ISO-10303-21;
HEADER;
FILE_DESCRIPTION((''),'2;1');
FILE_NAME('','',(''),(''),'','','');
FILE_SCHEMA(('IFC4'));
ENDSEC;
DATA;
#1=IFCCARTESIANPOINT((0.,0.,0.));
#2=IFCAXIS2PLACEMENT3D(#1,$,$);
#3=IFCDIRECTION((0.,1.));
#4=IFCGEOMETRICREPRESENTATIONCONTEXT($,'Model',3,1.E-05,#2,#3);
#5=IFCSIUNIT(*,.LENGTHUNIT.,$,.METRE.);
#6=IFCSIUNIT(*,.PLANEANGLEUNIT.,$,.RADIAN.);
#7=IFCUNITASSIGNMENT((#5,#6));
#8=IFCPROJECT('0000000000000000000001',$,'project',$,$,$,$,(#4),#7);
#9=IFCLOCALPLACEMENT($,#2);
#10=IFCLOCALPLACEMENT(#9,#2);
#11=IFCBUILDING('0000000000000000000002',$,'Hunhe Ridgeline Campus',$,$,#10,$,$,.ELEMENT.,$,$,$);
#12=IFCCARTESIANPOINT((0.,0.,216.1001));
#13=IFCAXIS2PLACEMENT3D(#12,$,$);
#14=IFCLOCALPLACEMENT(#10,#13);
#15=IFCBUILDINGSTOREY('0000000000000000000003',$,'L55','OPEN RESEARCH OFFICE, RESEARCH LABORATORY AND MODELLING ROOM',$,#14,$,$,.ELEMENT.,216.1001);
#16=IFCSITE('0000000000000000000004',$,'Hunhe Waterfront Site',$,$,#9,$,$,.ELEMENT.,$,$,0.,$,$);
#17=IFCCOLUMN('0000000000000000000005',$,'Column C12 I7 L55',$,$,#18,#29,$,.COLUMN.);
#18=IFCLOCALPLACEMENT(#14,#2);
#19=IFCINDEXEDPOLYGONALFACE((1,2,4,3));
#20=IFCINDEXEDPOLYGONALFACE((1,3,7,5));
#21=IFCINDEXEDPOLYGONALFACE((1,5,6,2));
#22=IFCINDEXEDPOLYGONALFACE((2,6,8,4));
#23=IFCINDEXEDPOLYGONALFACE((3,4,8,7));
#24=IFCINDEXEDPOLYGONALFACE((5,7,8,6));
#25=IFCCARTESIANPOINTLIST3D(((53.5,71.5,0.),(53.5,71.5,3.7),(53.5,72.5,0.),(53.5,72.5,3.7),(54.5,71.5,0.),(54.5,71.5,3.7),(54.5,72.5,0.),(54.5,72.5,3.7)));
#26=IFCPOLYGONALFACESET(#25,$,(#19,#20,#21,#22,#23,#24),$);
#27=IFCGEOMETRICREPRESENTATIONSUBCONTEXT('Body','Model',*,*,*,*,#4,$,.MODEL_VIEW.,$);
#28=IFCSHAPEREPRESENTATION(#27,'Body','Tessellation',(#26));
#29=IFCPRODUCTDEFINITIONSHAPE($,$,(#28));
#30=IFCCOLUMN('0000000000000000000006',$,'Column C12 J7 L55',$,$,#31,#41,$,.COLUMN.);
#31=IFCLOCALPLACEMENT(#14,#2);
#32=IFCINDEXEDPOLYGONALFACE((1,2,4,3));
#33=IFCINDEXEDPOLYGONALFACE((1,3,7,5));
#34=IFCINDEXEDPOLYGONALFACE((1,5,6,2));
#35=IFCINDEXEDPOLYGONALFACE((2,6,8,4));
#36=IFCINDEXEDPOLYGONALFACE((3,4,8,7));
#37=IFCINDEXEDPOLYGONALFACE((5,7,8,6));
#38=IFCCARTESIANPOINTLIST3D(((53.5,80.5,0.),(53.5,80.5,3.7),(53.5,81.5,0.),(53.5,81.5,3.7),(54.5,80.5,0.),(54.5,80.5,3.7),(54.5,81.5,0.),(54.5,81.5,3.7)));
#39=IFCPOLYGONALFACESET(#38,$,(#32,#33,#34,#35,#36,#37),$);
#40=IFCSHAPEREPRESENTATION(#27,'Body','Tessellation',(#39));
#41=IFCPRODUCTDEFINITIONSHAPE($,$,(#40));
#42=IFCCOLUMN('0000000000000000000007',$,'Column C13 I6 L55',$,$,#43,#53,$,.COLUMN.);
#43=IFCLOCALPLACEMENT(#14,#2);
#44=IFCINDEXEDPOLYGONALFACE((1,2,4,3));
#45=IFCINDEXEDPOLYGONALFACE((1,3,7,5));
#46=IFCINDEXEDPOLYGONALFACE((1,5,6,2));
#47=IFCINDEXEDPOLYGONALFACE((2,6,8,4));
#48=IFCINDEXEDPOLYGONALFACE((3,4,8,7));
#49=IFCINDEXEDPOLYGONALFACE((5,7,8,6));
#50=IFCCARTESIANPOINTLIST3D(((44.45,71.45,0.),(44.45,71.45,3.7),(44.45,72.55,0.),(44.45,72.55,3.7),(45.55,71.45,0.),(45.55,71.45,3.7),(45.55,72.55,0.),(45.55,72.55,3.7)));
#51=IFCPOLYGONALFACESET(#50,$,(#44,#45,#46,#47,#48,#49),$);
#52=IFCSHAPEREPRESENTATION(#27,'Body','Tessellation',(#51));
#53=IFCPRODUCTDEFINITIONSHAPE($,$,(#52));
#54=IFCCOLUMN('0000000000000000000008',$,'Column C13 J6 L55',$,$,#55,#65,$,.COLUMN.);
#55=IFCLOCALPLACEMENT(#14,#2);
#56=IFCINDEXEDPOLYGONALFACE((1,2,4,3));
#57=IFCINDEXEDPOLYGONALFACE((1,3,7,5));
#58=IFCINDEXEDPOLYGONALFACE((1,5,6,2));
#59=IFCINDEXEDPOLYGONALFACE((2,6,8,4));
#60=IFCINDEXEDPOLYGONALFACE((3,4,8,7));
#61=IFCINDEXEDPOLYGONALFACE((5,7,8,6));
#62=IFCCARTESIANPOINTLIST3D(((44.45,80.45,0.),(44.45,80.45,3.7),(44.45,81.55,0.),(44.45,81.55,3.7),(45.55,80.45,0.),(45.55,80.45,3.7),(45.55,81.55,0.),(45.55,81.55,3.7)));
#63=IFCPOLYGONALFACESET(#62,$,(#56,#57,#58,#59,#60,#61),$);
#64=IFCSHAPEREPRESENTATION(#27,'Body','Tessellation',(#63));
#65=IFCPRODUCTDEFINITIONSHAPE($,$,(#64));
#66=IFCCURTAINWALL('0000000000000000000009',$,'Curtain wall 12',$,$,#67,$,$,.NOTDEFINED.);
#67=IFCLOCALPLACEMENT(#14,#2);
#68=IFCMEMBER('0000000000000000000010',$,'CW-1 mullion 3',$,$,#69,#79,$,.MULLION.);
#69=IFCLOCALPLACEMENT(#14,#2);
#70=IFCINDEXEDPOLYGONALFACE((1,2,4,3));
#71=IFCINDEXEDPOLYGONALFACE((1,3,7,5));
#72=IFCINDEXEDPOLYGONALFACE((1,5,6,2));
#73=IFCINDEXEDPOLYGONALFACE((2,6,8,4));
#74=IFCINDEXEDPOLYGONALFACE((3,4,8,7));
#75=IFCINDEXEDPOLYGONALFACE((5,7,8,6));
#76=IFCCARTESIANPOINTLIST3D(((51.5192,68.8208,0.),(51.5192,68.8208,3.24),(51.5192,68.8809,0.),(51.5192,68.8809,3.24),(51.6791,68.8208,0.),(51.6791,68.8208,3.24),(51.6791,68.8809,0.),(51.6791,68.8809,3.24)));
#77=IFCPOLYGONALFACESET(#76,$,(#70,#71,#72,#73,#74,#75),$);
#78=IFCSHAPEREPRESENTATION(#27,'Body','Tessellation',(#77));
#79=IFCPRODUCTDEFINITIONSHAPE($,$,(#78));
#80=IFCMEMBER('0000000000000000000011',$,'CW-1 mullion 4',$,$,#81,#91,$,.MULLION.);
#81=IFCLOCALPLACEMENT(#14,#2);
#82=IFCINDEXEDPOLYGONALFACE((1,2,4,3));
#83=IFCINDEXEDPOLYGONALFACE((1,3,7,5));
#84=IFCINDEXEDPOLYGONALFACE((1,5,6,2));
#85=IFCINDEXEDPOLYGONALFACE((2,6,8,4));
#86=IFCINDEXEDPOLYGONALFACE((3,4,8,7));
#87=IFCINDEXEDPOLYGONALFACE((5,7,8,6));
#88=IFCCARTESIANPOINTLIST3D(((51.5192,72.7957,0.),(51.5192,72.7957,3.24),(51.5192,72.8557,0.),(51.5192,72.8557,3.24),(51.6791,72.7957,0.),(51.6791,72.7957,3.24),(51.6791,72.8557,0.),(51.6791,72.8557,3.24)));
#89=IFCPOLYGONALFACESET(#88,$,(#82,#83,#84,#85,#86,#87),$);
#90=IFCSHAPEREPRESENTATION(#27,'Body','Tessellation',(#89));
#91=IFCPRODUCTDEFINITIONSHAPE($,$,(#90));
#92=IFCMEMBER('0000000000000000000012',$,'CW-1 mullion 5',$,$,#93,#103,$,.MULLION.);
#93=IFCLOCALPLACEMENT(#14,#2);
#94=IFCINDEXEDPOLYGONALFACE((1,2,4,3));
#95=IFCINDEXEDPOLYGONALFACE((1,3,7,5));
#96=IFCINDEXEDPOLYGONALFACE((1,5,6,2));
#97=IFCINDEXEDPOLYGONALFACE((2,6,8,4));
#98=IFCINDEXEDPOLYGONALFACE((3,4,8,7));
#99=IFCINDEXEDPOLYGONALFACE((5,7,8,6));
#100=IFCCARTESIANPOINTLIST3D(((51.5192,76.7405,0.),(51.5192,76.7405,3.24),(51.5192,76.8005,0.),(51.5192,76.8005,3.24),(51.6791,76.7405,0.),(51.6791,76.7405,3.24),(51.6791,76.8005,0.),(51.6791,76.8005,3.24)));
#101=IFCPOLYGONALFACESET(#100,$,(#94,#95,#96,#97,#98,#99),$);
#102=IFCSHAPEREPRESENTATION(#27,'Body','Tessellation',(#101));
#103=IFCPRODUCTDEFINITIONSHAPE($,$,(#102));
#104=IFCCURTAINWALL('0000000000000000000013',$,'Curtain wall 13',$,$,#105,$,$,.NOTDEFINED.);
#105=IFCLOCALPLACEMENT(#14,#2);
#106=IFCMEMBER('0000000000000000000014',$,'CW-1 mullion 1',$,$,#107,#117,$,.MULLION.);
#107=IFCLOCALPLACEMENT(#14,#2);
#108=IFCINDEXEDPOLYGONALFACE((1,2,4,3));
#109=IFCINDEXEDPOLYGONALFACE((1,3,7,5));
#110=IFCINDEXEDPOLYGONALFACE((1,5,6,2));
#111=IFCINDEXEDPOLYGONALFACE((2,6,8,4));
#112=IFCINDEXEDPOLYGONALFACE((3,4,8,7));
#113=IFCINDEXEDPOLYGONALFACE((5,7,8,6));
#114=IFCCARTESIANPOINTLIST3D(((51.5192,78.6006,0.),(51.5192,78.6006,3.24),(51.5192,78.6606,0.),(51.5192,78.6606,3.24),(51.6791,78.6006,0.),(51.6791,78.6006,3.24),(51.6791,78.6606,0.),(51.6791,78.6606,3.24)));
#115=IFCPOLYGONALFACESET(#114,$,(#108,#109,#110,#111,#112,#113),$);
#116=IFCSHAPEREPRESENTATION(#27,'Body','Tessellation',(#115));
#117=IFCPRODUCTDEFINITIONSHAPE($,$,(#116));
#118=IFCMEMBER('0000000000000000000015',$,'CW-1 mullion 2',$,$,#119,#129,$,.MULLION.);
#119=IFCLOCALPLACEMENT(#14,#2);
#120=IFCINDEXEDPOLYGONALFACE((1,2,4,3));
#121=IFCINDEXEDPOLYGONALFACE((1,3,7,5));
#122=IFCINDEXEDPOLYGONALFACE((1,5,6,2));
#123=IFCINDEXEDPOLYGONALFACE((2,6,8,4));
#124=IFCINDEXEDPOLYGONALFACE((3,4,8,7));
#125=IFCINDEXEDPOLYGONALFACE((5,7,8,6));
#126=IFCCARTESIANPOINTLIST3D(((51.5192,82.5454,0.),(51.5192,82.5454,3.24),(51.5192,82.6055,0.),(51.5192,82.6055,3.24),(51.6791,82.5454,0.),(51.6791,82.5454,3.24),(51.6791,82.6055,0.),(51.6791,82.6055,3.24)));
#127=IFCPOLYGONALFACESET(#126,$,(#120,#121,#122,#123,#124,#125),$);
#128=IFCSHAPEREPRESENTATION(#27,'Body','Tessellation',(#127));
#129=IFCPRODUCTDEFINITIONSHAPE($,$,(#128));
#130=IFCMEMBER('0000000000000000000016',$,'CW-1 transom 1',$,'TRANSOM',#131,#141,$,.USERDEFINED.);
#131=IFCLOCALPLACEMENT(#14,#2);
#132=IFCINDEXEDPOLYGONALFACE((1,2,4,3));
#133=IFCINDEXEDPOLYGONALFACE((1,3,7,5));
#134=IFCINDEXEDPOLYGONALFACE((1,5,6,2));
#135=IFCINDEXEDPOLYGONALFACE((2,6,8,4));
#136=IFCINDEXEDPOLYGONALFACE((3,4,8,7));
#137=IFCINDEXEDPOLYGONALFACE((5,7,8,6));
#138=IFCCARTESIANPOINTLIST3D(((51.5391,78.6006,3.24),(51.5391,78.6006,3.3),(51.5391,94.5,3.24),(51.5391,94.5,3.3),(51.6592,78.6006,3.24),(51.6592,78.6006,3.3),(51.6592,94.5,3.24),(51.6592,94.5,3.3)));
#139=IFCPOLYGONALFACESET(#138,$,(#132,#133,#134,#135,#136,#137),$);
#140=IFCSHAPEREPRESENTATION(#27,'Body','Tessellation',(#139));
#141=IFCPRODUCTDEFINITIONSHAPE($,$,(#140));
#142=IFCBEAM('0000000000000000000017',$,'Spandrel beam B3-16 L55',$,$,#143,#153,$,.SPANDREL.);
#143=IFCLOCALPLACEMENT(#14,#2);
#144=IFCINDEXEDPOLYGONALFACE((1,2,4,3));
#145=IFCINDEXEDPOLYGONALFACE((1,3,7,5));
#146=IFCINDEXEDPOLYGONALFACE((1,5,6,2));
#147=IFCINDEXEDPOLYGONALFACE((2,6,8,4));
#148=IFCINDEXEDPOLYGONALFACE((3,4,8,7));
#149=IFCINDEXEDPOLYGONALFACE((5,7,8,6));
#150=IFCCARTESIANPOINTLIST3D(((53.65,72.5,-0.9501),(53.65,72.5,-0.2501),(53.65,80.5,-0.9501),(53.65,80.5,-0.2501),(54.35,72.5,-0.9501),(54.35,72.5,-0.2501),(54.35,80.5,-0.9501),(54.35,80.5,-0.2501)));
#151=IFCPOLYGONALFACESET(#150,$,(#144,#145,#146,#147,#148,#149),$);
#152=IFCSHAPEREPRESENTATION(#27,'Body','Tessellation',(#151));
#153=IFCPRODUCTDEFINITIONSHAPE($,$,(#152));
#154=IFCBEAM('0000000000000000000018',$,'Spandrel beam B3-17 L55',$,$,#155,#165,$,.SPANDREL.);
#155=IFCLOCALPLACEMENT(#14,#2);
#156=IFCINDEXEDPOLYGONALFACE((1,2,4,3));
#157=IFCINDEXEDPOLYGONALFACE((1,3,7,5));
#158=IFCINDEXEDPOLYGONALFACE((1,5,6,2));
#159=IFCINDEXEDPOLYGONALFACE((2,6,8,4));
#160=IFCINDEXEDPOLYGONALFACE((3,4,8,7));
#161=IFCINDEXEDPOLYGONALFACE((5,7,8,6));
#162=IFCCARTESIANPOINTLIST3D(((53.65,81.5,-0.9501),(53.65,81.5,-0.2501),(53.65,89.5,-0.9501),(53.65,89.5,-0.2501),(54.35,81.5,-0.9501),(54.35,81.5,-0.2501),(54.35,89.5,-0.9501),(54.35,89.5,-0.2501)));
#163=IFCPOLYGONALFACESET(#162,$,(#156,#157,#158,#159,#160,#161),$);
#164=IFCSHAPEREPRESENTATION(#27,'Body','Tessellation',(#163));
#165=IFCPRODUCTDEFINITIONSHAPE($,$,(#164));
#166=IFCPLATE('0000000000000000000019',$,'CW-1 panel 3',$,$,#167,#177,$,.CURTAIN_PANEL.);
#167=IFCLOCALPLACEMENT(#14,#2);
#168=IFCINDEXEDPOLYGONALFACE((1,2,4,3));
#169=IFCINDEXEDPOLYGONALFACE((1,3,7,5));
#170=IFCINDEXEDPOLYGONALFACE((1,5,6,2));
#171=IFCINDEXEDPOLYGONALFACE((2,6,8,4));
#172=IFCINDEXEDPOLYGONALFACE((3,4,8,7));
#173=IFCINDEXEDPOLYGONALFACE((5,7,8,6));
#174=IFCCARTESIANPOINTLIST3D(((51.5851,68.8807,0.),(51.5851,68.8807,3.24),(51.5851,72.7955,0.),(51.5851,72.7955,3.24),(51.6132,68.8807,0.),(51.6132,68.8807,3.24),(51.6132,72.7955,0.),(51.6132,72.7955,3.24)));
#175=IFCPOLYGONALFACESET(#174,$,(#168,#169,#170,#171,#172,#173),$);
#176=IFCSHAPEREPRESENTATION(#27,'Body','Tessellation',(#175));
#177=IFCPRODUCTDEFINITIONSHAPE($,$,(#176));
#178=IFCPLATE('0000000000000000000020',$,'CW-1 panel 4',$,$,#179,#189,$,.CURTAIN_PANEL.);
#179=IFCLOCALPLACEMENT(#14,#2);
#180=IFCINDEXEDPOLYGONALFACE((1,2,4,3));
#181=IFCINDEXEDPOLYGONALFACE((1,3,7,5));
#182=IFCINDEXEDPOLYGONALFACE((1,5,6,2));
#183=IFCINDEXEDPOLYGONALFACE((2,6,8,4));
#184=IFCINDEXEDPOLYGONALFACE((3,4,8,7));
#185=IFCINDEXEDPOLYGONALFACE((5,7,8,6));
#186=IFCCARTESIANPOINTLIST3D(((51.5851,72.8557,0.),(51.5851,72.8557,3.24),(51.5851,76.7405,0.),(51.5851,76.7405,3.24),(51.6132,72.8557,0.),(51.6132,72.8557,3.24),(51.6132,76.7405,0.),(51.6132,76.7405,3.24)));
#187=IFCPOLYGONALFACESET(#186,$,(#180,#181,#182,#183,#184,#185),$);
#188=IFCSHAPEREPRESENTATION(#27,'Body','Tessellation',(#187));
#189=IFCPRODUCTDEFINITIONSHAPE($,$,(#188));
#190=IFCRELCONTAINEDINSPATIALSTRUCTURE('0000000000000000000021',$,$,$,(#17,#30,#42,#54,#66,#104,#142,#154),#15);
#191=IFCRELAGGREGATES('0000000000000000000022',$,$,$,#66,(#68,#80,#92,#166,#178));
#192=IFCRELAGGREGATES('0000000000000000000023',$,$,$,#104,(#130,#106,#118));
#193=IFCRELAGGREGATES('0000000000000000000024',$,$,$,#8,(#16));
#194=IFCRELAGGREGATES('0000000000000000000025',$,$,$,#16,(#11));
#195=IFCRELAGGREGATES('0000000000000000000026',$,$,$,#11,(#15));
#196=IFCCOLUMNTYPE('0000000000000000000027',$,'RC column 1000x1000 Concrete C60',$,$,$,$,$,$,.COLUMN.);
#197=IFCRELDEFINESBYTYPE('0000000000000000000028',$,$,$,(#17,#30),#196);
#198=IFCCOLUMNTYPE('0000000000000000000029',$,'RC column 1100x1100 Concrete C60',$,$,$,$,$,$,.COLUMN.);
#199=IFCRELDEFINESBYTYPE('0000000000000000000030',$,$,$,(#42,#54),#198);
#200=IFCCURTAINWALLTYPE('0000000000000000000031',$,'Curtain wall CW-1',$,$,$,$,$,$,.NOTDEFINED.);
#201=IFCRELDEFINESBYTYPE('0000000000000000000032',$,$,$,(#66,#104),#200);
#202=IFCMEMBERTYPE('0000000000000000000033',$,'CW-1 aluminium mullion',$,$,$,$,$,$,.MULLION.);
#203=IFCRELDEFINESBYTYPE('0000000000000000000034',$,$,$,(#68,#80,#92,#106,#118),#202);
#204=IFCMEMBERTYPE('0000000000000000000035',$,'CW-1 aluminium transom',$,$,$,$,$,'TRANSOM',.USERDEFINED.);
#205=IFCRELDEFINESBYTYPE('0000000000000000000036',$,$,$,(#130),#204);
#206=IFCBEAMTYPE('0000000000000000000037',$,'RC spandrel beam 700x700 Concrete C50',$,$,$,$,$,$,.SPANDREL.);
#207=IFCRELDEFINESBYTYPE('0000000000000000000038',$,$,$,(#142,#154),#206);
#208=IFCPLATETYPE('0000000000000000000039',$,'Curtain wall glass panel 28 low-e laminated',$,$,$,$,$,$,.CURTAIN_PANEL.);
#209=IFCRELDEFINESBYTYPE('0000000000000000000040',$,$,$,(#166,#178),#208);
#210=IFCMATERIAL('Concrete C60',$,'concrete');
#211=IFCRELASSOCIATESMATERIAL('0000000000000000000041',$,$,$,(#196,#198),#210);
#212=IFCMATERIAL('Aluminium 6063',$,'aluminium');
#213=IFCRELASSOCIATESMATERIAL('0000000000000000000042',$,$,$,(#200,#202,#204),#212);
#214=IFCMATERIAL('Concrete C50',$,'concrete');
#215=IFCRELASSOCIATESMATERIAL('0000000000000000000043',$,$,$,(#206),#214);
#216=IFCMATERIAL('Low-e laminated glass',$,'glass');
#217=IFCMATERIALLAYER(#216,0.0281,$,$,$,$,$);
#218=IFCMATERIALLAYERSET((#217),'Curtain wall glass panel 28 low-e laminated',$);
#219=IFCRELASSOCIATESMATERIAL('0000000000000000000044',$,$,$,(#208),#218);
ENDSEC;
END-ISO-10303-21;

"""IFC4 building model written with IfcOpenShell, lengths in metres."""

from ifc_helpers import new_model, si_unit, direction, frame, origin, origin_2d, place, context, subcontext, project, spatial, rectangle, extrude, material, layer, layer_set, material_profile, profile_set, type_object, element, aggregate, save


model = new_model("IFC4")

# Units and contexts
model_context = context("Model", 3, precision=1e-05, world=origin(), true_north=direction((0.0, 1.0)))
body_context = subcontext(model_context, "Body", "Model", "MODEL_VIEW")
ifc_project = project(units=[si_unit("LENGTHUNIT", "METRE"), si_unit("PLANEANGLEUNIT", "RADIAN")], contexts=[model_context])

# Site, building, storey
site_placement = place(None, origin())
site = spatial("IfcSite", under=ifc_project, at=site_placement, Name="Hunhe Waterfront Site", CompositionType="ELEMENT", RefElevation=0.0)
building_placement = place(site_placement, origin())
building = spatial("IfcBuilding", under=site, at=building_placement, Name="Hunhe Ridgeline Campus", CompositionType="ELEMENT")
storey_placement = place(building_placement, frame((0.0, 0.0, 216.1001)))
storey = spatial("IfcBuildingStorey", under=building, at=storey_placement, Name="L55", Description="OPEN RESEARCH OFFICE, RESEARCH LABORATORY AND MODELLING ROOM", CompositionType="ELEMENT", Elevation=216.1001)

# Columns
ifc_material_1 = material(Name="Concrete C60", Category="concrete")
ifc_material_profile_1 = material_profile(ifc_material_1, rectangle(XDim=1.0, YDim=1.0, at=origin_2d()))
ifc_profile_set_1 = profile_set([ifc_material_profile_1], Name="Concrete C60")
column_type_1 = type_object("IfcColumnType", Name="RC column 1000x1000 Concrete C60", PredefinedType="COLUMN", material=ifc_profile_set_1)
for number, where, z_axis, x_axis, name in (
    (1, (54.0, 72.0, 0.0), (0.0, 0.0, 1.0), (1.0, 0.0, 0.0), "Column C12 I7 L55"),
    (2, (54.0, 81.0, 0.0), (0.0, 0.0, 1.0), (1.0, 0.0, 0.0), "Column C12 J7 L55"),
):
    element("IfcColumn", number, at=place(storey_placement, frame(where, z_axis=z_axis, x_axis=x_axis)), inside=storey, type_object=column_type_1, Name=name, PredefinedType="COLUMN", context=body_context, shape_type="SweptSolid", body=[
        extrude(rectangle(XDim=1.0, YDim=1.0, at=origin_2d()), origin(), (0.0, 0.0, 1.0), 3.7),
    ])
ifc_material_profile_2 = material_profile(ifc_material_1, rectangle(XDim=1.1001, YDim=1.1001, at=origin_2d()))
ifc_profile_set_2 = profile_set([ifc_material_profile_2], Name="Concrete C60")
column_type_2 = type_object("IfcColumnType", Name="RC column 1100x1100 Concrete C60", PredefinedType="COLUMN", material=ifc_profile_set_2)
for number, where, z_axis, x_axis, name in (
    (3, (45.0, 72.0, 0.0), (0.0, 0.0, 1.0), (1.0, 0.0, 0.0), "Column C13 I6 L55"),
    (4, (45.0, 81.0, 0.0), (0.0, 0.0, 1.0), (1.0, 0.0, 0.0), "Column C13 J6 L55"),
):
    element("IfcColumn", number, at=place(storey_placement, frame(where, z_axis=z_axis, x_axis=x_axis)), inside=storey, type_object=column_type_2, Name=name, PredefinedType="COLUMN", context=body_context, shape_type="SweptSolid", body=[
        extrude(rectangle(XDim=1.1001, YDim=1.1001, at=origin_2d()), origin(), (0.0, 0.0, 1.0), 3.7),
    ])

# Curtain walls, members
ifc_material_2 = material(Name="Aluminium 6063", Category="aluminium")
curtain_wall_type = type_object("IfcCurtainWallType", Name="Curtain wall CW-1", PredefinedType="NOTDEFINED", material=ifc_material_2)
curtain_wall_1_placement = place(storey_placement, origin())
curtain_wall_1 = element("IfcCurtainWall", 5, at=curtain_wall_1_placement, inside=storey, type_object=curtain_wall_type, Name="Curtain wall 12", PredefinedType="NOTDEFINED")
ifc_material_profile_3 = material_profile(ifc_material_2, rectangle(XDim=0.1599, YDim=0.0601, at=origin_2d()))
ifc_profile_set_3 = profile_set([ifc_material_profile_3], Name="Aluminium 6063")
member_type_1 = type_object("IfcMemberType", Name="CW-1 aluminium mullion", PredefinedType="MULLION", material=ifc_profile_set_3)
member_1_placement = place(storey_placement, frame((51.5991, 68.8508, 0.0), z_axis=(0.0, 0.0, 1.0), x_axis=(-1.0, 0.0, 0.0)))
member_1 = element("IfcMember", 6, at=member_1_placement, type_object=member_type_1, Name="CW-1 mullion 3", PredefinedType="MULLION", context=body_context, shape_type="SweptSolid", body=[
    extrude(rectangle(XDim=0.1599, YDim=0.0601, at=origin_2d()), origin(), (0.0, 0.0, 1.0), 3.24),
])
member_2_placement = place(storey_placement, frame((51.5991, 72.8257, 0.0), z_axis=(0.0, 0.0, 1.0), x_axis=(-1.0, 0.0, 0.0)))
member_2 = element("IfcMember", 7, at=member_2_placement, type_object=member_type_1, Name="CW-1 mullion 4", PredefinedType="MULLION", context=body_context, shape_type="SweptSolid", body=[
    extrude(rectangle(XDim=0.1599, YDim=0.0601, at=origin_2d()), origin(), (0.0, 0.0, 1.0), 3.24),
])
member_3_placement = place(storey_placement, frame((51.5991, 76.7705, 0.0), z_axis=(0.0, 0.0, 1.0), x_axis=(-1.0, 0.0, 0.0)))
member_3 = element("IfcMember", 8, at=member_3_placement, type_object=member_type_1, Name="CW-1 mullion 5", PredefinedType="MULLION", context=body_context, shape_type="SweptSolid", body=[
    extrude(rectangle(XDim=0.1599, YDim=0.0601, at=origin_2d()), origin(), (0.0, 0.0, 1.0), 3.24),
])
curtain_wall_2_placement = place(storey_placement, origin())
curtain_wall_2 = element("IfcCurtainWall", 9, at=curtain_wall_2_placement, inside=storey, type_object=curtain_wall_type, Name="Curtain wall 13", PredefinedType="NOTDEFINED")
member_4_placement = place(storey_placement, frame((51.5991, 78.6306, 0.0), z_axis=(0.0, 0.0, 1.0), x_axis=(-1.0, 0.0, 0.0)))
member_4 = element("IfcMember", 10, at=member_4_placement, type_object=member_type_1, Name="CW-1 mullion 1", PredefinedType="MULLION", context=body_context, shape_type="SweptSolid", body=[
    extrude(rectangle(XDim=0.1599, YDim=0.0601, at=origin_2d()), origin(), (0.0, 0.0, 1.0), 3.24),
])
member_5_placement = place(storey_placement, frame((51.5991, 82.5754, 0.0), z_axis=(0.0, 0.0, 1.0), x_axis=(-1.0, 0.0, 0.0)))
member_5 = element("IfcMember", 11, at=member_5_placement, type_object=member_type_1, Name="CW-1 mullion 2", PredefinedType="MULLION", context=body_context, shape_type="SweptSolid", body=[
    extrude(rectangle(XDim=0.1599, YDim=0.0601, at=origin_2d()), origin(), (0.0, 0.0, 1.0), 3.24),
])
ifc_material_profile_4 = material_profile(ifc_material_2, rectangle(XDim=0.1201, YDim=0.0601, at=origin_2d()))
ifc_profile_set_4 = profile_set([ifc_material_profile_4], Name="Aluminium 6063")
member_type_2 = type_object("IfcMemberType", Name="CW-1 aluminium transom", ElementType="TRANSOM", PredefinedType="USERDEFINED", material=ifc_profile_set_4)
member_6_placement = place(storey_placement, frame((51.5991, 78.6006, 3.27), z_axis=(0.0, 1.0, 0.0), x_axis=(-1.0, 0.0, 0.0)))
member_6 = element("IfcMember", 12, at=member_6_placement, type_object=member_type_2, Name="CW-1 transom 1", ObjectType="TRANSOM", PredefinedType="USERDEFINED", context=body_context, shape_type="SweptSolid", body=[
    extrude(rectangle(XDim=0.1201, YDim=0.0601, at=origin_2d()), origin(), (0.0, 0.0, 1.0), 15.8994),
])

# Beams
ifc_material_3 = material(Name="Concrete C50", Category="concrete")
ifc_material_profile_5 = material_profile(ifc_material_3, rectangle(XDim=0.7, YDim=0.7, at=origin_2d()))
ifc_profile_set_5 = profile_set([ifc_material_profile_5], Name="Concrete C50")
beam_type = type_object("IfcBeamType", Name="RC spandrel beam 700x700 Concrete C50", PredefinedType="SPANDREL", material=ifc_profile_set_5)
for number, where, z_axis, x_axis, name in (
    (13, (54.0, 72.5, -0.6001), (0.0, 1.0, 0.0), (-1.0, 0.0, 0.0), "Spandrel beam B3-16 L55"),
    (14, (54.0, 81.5, -0.6001), (0.0, 1.0, 0.0), (-1.0, 0.0, 0.0), "Spandrel beam B3-17 L55"),
):
    element("IfcBeam", number, at=place(storey_placement, frame(where, z_axis=z_axis, x_axis=x_axis)), inside=storey, type_object=beam_type, Name=name, PredefinedType="SPANDREL", context=body_context, shape_type="SweptSolid", body=[
        extrude(rectangle(XDim=0.7, YDim=0.7, at=origin_2d()), origin(), (0.0, 0.0, 1.0), 8.0),
    ])

# Plates
ifc_material_4 = material(Name="Low-e laminated glass", Category="glass")
ifc_layer_1 = layer(ifc_material_4, 0.0281)
ifc_layer_set_1 = layer_set([ifc_layer_1], Name="Curtain wall glass panel 28 low-e laminated")
plate_type = type_object("IfcPlateType", Name="Curtain wall glass panel 28 low-e laminated", PredefinedType="CURTAIN_PANEL", material=ifc_layer_set_1)
plate_1_placement = place(storey_placement, frame((51.5991, 70.8381, 0.0), z_axis=(0.0, 0.0, 1.0), x_axis=(0.0, 1.0, 0.0)))
plate_1 = element("IfcPlate", 15, at=plate_1_placement, type_object=plate_type, Name="CW-1 panel 3", PredefinedType="CURTAIN_PANEL", context=body_context, shape_type="SweptSolid", body=[
    extrude(rectangle(XDim=3.9148, YDim=0.0281, at=origin_2d()), origin(), (0.0, 0.0, 1.0), 3.24),
])
plate_2_placement = place(storey_placement, frame((51.5991, 74.7981, 0.0), z_axis=(0.0, 0.0, 1.0), x_axis=(0.0, 1.0, 0.0)))
plate_2 = element("IfcPlate", 16, at=plate_2_placement, type_object=plate_type, Name="CW-1 panel 4", PredefinedType="CURTAIN_PANEL", context=body_context, shape_type="SweptSolid", body=[
    extrude(rectangle(XDim=3.8848, YDim=0.0281, at=origin_2d()), origin(), (0.0, 0.0, 1.0), 3.24),
])
aggregate(curtain_wall_1, [member_1, member_2, member_3, plate_1, plate_2])
aggregate(curtain_wall_2, [member_6, member_4, member_5])

save(model, "model.ifc")
